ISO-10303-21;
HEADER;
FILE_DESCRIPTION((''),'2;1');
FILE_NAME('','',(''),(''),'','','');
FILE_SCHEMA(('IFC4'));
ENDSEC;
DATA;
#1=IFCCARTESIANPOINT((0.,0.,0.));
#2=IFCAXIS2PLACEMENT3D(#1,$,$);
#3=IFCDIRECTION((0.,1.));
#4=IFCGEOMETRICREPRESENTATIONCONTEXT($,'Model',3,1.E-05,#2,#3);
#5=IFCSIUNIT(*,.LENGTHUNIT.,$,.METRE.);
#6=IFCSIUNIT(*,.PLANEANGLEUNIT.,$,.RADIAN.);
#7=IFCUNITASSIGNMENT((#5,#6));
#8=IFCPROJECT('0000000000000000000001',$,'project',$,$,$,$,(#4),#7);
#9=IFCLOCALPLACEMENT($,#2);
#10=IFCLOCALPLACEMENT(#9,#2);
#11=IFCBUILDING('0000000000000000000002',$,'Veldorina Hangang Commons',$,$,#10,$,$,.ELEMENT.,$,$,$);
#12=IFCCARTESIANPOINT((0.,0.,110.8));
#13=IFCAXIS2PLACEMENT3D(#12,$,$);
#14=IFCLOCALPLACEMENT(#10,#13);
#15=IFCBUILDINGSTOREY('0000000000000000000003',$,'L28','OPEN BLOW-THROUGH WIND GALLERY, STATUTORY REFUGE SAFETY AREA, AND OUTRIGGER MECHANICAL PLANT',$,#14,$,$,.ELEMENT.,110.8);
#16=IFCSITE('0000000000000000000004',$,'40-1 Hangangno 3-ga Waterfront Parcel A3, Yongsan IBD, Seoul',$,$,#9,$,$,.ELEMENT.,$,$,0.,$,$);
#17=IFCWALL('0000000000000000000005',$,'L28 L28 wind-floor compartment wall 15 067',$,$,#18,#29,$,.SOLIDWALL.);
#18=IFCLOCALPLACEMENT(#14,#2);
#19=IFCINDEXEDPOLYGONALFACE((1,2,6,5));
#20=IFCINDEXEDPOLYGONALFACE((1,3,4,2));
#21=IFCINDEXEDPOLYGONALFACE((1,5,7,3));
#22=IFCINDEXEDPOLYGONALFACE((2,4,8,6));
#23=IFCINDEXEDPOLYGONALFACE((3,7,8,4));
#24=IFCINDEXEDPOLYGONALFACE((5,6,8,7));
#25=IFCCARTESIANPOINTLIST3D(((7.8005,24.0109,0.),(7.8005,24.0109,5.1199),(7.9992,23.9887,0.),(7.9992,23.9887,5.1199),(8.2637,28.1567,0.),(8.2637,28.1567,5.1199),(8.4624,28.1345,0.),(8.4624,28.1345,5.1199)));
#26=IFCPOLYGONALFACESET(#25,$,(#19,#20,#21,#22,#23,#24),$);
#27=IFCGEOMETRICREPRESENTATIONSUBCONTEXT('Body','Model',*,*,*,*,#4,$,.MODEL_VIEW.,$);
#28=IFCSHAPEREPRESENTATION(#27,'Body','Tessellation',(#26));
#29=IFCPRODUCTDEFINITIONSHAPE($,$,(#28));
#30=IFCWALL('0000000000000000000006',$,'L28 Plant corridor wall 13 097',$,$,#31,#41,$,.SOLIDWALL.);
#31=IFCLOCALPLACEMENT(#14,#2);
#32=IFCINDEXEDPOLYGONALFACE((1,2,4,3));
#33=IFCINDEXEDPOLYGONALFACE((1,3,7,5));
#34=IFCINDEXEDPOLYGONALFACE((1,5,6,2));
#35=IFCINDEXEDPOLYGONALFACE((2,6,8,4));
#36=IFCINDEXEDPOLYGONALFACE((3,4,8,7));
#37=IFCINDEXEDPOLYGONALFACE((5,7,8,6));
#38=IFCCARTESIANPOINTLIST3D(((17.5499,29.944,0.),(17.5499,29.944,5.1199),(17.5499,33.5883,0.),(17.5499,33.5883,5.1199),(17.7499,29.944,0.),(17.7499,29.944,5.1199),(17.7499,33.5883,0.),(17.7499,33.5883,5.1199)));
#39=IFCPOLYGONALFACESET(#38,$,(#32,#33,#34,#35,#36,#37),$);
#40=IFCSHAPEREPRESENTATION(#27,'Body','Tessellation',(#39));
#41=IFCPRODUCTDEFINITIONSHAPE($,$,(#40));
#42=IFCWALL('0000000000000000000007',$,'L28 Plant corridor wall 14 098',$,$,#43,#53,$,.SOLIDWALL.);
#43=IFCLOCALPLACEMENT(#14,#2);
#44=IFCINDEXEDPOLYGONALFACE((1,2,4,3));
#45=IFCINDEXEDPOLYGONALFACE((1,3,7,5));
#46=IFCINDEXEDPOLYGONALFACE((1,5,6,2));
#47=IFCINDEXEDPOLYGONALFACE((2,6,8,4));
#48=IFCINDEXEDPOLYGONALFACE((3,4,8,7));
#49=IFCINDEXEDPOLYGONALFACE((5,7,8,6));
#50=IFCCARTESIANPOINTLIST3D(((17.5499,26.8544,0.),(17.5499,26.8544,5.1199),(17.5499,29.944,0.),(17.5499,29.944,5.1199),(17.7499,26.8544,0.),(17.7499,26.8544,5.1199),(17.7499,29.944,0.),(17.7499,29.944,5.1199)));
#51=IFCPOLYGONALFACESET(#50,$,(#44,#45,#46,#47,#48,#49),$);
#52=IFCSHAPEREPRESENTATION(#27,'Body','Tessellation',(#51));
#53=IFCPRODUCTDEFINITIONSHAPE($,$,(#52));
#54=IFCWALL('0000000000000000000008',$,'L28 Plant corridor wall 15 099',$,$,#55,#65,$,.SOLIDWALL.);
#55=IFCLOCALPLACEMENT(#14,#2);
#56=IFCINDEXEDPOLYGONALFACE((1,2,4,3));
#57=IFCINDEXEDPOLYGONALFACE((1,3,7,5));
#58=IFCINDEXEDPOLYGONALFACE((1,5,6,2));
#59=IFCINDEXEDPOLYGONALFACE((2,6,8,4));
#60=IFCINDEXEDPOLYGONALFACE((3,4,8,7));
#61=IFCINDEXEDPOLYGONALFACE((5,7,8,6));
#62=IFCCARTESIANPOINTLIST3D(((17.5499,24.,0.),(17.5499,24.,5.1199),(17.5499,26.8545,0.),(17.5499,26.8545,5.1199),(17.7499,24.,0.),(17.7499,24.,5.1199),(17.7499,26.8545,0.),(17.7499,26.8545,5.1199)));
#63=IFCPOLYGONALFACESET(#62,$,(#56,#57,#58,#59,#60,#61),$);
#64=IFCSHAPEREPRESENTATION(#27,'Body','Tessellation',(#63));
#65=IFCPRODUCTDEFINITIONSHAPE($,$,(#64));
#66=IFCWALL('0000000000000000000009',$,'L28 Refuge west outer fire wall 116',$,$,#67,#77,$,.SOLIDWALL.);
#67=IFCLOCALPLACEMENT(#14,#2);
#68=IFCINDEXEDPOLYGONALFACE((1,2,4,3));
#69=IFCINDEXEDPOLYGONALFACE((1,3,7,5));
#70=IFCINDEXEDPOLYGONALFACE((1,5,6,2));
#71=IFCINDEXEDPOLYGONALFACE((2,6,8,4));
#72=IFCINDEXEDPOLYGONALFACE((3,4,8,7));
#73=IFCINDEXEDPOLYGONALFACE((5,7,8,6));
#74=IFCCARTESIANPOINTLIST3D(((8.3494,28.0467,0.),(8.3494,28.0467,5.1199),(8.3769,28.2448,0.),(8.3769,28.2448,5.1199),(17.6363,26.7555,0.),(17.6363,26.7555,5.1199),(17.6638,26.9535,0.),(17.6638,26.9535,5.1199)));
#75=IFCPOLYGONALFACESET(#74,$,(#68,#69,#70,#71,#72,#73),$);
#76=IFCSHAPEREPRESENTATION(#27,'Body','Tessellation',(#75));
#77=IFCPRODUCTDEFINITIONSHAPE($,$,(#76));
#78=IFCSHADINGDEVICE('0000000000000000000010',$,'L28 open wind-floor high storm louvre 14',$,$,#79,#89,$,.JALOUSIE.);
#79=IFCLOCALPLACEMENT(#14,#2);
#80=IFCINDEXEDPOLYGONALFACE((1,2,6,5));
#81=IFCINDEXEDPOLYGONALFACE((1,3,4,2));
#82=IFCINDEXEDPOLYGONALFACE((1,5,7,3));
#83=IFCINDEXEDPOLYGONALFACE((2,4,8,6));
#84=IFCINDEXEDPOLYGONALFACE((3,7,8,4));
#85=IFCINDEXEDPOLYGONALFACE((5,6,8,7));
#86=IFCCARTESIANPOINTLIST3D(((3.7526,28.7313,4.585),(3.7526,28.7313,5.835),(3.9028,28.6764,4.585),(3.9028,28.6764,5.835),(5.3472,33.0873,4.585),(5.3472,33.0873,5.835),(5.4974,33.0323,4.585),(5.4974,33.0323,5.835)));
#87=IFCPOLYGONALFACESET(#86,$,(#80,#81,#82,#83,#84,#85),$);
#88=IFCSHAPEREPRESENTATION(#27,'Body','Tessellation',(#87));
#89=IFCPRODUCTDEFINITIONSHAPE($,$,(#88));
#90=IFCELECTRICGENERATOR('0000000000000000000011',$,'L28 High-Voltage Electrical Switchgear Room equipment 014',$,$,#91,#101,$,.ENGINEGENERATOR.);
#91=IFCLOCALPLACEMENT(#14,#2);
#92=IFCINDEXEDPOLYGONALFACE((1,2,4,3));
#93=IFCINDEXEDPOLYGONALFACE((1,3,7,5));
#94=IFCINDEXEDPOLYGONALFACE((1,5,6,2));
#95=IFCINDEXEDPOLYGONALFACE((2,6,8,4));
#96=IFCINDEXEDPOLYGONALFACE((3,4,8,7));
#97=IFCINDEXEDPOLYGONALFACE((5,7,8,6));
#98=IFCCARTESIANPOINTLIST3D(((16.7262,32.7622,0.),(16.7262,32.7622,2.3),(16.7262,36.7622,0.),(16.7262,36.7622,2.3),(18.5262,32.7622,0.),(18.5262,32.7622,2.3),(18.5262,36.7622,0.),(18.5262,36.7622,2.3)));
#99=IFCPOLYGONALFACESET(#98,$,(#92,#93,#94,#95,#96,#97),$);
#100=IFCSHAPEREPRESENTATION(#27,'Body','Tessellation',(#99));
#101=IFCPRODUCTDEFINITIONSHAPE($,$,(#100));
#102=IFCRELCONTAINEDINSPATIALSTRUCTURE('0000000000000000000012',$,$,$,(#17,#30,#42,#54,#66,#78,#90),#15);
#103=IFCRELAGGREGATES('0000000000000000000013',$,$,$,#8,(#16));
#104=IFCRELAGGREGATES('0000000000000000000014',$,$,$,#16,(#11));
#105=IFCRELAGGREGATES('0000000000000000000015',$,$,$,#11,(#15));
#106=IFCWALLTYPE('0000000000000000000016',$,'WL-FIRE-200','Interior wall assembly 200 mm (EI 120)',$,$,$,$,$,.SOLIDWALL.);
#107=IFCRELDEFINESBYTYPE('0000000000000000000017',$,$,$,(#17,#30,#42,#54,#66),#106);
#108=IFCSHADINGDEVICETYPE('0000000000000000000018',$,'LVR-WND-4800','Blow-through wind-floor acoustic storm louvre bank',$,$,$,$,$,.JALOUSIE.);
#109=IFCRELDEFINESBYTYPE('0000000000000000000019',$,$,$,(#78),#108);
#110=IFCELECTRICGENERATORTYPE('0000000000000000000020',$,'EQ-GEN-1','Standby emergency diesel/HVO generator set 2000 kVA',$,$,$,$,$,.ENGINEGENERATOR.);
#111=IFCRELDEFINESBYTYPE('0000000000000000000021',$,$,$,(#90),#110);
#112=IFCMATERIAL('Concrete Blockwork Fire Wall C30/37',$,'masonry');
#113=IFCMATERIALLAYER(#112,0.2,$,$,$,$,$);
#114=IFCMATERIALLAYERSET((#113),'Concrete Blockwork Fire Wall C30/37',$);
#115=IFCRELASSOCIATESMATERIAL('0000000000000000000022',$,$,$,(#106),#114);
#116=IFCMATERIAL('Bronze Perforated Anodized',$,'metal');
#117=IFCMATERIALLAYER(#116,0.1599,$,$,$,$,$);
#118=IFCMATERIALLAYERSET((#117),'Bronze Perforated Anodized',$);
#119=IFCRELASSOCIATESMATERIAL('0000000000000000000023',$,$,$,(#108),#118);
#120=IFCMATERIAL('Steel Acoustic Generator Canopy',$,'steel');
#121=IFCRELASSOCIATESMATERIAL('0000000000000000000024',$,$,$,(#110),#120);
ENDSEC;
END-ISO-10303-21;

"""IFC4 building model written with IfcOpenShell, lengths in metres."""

from ifc_helpers import new_model, si_unit, direction, frame, frame_2d, origin, origin_2d, place, context, subcontext, project, spatial, rectangle, extrude, material, layer, layer_set, type_object, element, save


model = new_model("IFC4")

# Units and contexts
model_context = context("Model", 3, precision=1e-05, world=origin(), true_north=direction((0.0, 1.0)))
body_context = subcontext(model_context, "Body", "Model", "MODEL_VIEW")
ifc_project = project(units=[si_unit("LENGTHUNIT", "METRE"), si_unit("PLANEANGLEUNIT", "RADIAN")], contexts=[model_context])

# Site, building, storey
site_placement = place(None, origin())
site = spatial("IfcSite", under=ifc_project, at=site_placement, Name="40-1 Hangangno 3-ga Waterfront Parcel A3, Yongsan IBD, Seoul", CompositionType="ELEMENT", RefElevation=0.0)
building_placement = place(site_placement, origin())
building = spatial("IfcBuilding", under=site, at=building_placement, Name="Veldorina Hangang Commons", CompositionType="ELEMENT")
storey_placement = place(building_placement, frame((0.0, 0.0, 110.8)))
storey = spatial("IfcBuildingStorey", under=building, at=storey_placement, Name="L28", Description="OPEN BLOW-THROUGH WIND GALLERY, STATUTORY REFUGE SAFETY AREA, AND OUTRIGGER MECHANICAL PLANT", CompositionType="ELEMENT", Elevation=110.8)

# Walls
ifc_material_1 = material(Name="Concrete Blockwork Fire Wall C30/37", Category="masonry")
ifc_layer_1 = layer(ifc_material_1, 0.2)
ifc_layer_set_1 = layer_set([ifc_layer_1], Name="Concrete Blockwork Fire Wall C30/37")
wall_type = type_object("IfcWallType", Name="WL-FIRE-200", Description="Interior wall assembly 200 mm (EI 120)", PredefinedType="SOLIDWALL", material=ifc_layer_set_1)
wall_1_placement = place(storey_placement, frame((8.363, 28.1458, 0.0), z_axis=(0.0, 0.0, 1.0), x_axis=(-0.111022, -0.993818, 0.0)))
element("IfcWall", 1, at=wall_1_placement, inside=storey, type_object=wall_type, Name="L28 L28 wind-floor compartment wall 15 067", PredefinedType="SOLIDWALL", context=body_context, shape_type="SweptSolid", body=[
    extrude(rectangle(XDim=4.1716, YDim=0.2, at=frame_2d((2.0859, 0.0))), origin(), (0.0, 0.0, 1.0), 5.1199),
])
wall_2_placement = place(storey_placement, frame((17.6499, 33.5884, 0.0), z_axis=(0.0, 0.0, 1.0), x_axis=(0.0, -1.0, 0.0)))
element("IfcWall", 2, at=wall_2_placement, inside=storey, type_object=wall_type, Name="L28 Plant corridor wall 13 097", PredefinedType="SOLIDWALL", context=body_context, shape_type="SweptSolid", body=[
    extrude(rectangle(XDim=3.6443, YDim=0.2, at=frame_2d((1.8223, 0.0))), origin(), (0.0, 0.0, 1.0), 5.1199),
])
wall_3_placement = place(storey_placement, frame((17.6499, 29.9441, 0.0), z_axis=(0.0, 0.0, 1.0), x_axis=(0.0, -1.0, 0.0)))
element("IfcWall", 3, at=wall_3_placement, inside=storey, type_object=wall_type, Name="L28 Plant corridor wall 14 098", PredefinedType="SOLIDWALL", context=body_context, shape_type="SweptSolid", body=[
    extrude(rectangle(XDim=3.0896, YDim=0.2, at=frame_2d((1.5449, 0.0))), origin(), (0.0, 0.0, 1.0), 5.1199),
])
wall_4_placement = place(storey_placement, frame((17.6499, 26.8545, 0.0), z_axis=(0.0, 0.0, 1.0), x_axis=(0.0, -1.0, 0.0)))
element("IfcWall", 4, at=wall_4_placement, inside=storey, type_object=wall_type, Name="L28 Plant corridor wall 15 099", PredefinedType="SOLIDWALL", context=body_context, shape_type="SweptSolid", body=[
    extrude(rectangle(XDim=2.8545, YDim=0.2, at=frame_2d((1.4272, 0.0))), origin(), (0.0, 0.0, 1.0), 5.1199),
])
wall_5_placement = place(storey_placement, frame((17.6499, 26.8545, 0.0), z_axis=(0.0, 0.0, 1.0), x_axis=(-0.990472, 0.137717, 0.0)))
element("IfcWall", 5, at=wall_5_placement, inside=storey, type_object=wall_type, Name="L28 Refuge west outer fire wall 116", PredefinedType="SOLIDWALL", context=body_context, shape_type="SweptSolid", body=[
    extrude(rectangle(XDim=9.3762, YDim=0.2, at=frame_2d((4.688, 0.0))), origin(), (0.0, 0.0, 1.0), 5.1199),
])

# Shading device
ifc_material_2 = material(Name="Bronze Perforated Anodized", Category="metal")
ifc_layer_2 = layer(ifc_material_2, 0.1599)
ifc_layer_set_2 = layer_set([ifc_layer_2], Name="Bronze Perforated Anodized")
shading_device_type = type_object("IfcShadingDeviceType", Name="LVR-WND-4800", Description="Blow-through wind-floor acoustic storm louvre bank", PredefinedType="JALOUSIE", material=ifc_layer_set_2)
shading_device_placement = place(storey_placement, frame((4.625, 30.8818, 4.585), z_axis=(0.0, 0.0, 1.0), x_axis=(-0.343758, -0.939058, 0.0)))
element("IfcShadingDevice", 6, at=shading_device_placement, inside=storey, type_object=shading_device_type, Name="L28 open wind-floor high storm louvre 14", PredefinedType="JALOUSIE", context=body_context, shape_type="SweptSolid", body=[
    extrude(rectangle(XDim=4.6387, YDim=0.1599, at=origin_2d()), origin(), (0.0, 0.0, 1.0), 1.25),
])

# Electric generator
ifc_material_3 = material(Name="Steel Acoustic Generator Canopy", Category="steel")
electric_generator_type = type_object("IfcElectricGeneratorType", Name="EQ-GEN-1", Description="Standby emergency diesel/HVO generator set 2000 kVA", PredefinedType="ENGINEGENERATOR", material=ifc_material_3)
electric_generator_placement = place(storey_placement, frame((17.6262, 34.7622, 0.0), z_axis=(0.0, 0.0, 1.0), x_axis=(1.0, 0.0, 0.0)))
element("IfcElectricGenerator", 7, at=electric_generator_placement, inside=storey, type_object=electric_generator_type, Name="L28 High-Voltage Electrical Switchgear Room equipment 014", PredefinedType="ENGINEGENERATOR", context=body_context, shape_type="SweptSolid", body=[
    extrude(rectangle(XDim=1.8, YDim=4.0, at=origin_2d()), origin(), (0.0, 0.0, 1.0), 2.3),
])

save(model, "model.ifc")
